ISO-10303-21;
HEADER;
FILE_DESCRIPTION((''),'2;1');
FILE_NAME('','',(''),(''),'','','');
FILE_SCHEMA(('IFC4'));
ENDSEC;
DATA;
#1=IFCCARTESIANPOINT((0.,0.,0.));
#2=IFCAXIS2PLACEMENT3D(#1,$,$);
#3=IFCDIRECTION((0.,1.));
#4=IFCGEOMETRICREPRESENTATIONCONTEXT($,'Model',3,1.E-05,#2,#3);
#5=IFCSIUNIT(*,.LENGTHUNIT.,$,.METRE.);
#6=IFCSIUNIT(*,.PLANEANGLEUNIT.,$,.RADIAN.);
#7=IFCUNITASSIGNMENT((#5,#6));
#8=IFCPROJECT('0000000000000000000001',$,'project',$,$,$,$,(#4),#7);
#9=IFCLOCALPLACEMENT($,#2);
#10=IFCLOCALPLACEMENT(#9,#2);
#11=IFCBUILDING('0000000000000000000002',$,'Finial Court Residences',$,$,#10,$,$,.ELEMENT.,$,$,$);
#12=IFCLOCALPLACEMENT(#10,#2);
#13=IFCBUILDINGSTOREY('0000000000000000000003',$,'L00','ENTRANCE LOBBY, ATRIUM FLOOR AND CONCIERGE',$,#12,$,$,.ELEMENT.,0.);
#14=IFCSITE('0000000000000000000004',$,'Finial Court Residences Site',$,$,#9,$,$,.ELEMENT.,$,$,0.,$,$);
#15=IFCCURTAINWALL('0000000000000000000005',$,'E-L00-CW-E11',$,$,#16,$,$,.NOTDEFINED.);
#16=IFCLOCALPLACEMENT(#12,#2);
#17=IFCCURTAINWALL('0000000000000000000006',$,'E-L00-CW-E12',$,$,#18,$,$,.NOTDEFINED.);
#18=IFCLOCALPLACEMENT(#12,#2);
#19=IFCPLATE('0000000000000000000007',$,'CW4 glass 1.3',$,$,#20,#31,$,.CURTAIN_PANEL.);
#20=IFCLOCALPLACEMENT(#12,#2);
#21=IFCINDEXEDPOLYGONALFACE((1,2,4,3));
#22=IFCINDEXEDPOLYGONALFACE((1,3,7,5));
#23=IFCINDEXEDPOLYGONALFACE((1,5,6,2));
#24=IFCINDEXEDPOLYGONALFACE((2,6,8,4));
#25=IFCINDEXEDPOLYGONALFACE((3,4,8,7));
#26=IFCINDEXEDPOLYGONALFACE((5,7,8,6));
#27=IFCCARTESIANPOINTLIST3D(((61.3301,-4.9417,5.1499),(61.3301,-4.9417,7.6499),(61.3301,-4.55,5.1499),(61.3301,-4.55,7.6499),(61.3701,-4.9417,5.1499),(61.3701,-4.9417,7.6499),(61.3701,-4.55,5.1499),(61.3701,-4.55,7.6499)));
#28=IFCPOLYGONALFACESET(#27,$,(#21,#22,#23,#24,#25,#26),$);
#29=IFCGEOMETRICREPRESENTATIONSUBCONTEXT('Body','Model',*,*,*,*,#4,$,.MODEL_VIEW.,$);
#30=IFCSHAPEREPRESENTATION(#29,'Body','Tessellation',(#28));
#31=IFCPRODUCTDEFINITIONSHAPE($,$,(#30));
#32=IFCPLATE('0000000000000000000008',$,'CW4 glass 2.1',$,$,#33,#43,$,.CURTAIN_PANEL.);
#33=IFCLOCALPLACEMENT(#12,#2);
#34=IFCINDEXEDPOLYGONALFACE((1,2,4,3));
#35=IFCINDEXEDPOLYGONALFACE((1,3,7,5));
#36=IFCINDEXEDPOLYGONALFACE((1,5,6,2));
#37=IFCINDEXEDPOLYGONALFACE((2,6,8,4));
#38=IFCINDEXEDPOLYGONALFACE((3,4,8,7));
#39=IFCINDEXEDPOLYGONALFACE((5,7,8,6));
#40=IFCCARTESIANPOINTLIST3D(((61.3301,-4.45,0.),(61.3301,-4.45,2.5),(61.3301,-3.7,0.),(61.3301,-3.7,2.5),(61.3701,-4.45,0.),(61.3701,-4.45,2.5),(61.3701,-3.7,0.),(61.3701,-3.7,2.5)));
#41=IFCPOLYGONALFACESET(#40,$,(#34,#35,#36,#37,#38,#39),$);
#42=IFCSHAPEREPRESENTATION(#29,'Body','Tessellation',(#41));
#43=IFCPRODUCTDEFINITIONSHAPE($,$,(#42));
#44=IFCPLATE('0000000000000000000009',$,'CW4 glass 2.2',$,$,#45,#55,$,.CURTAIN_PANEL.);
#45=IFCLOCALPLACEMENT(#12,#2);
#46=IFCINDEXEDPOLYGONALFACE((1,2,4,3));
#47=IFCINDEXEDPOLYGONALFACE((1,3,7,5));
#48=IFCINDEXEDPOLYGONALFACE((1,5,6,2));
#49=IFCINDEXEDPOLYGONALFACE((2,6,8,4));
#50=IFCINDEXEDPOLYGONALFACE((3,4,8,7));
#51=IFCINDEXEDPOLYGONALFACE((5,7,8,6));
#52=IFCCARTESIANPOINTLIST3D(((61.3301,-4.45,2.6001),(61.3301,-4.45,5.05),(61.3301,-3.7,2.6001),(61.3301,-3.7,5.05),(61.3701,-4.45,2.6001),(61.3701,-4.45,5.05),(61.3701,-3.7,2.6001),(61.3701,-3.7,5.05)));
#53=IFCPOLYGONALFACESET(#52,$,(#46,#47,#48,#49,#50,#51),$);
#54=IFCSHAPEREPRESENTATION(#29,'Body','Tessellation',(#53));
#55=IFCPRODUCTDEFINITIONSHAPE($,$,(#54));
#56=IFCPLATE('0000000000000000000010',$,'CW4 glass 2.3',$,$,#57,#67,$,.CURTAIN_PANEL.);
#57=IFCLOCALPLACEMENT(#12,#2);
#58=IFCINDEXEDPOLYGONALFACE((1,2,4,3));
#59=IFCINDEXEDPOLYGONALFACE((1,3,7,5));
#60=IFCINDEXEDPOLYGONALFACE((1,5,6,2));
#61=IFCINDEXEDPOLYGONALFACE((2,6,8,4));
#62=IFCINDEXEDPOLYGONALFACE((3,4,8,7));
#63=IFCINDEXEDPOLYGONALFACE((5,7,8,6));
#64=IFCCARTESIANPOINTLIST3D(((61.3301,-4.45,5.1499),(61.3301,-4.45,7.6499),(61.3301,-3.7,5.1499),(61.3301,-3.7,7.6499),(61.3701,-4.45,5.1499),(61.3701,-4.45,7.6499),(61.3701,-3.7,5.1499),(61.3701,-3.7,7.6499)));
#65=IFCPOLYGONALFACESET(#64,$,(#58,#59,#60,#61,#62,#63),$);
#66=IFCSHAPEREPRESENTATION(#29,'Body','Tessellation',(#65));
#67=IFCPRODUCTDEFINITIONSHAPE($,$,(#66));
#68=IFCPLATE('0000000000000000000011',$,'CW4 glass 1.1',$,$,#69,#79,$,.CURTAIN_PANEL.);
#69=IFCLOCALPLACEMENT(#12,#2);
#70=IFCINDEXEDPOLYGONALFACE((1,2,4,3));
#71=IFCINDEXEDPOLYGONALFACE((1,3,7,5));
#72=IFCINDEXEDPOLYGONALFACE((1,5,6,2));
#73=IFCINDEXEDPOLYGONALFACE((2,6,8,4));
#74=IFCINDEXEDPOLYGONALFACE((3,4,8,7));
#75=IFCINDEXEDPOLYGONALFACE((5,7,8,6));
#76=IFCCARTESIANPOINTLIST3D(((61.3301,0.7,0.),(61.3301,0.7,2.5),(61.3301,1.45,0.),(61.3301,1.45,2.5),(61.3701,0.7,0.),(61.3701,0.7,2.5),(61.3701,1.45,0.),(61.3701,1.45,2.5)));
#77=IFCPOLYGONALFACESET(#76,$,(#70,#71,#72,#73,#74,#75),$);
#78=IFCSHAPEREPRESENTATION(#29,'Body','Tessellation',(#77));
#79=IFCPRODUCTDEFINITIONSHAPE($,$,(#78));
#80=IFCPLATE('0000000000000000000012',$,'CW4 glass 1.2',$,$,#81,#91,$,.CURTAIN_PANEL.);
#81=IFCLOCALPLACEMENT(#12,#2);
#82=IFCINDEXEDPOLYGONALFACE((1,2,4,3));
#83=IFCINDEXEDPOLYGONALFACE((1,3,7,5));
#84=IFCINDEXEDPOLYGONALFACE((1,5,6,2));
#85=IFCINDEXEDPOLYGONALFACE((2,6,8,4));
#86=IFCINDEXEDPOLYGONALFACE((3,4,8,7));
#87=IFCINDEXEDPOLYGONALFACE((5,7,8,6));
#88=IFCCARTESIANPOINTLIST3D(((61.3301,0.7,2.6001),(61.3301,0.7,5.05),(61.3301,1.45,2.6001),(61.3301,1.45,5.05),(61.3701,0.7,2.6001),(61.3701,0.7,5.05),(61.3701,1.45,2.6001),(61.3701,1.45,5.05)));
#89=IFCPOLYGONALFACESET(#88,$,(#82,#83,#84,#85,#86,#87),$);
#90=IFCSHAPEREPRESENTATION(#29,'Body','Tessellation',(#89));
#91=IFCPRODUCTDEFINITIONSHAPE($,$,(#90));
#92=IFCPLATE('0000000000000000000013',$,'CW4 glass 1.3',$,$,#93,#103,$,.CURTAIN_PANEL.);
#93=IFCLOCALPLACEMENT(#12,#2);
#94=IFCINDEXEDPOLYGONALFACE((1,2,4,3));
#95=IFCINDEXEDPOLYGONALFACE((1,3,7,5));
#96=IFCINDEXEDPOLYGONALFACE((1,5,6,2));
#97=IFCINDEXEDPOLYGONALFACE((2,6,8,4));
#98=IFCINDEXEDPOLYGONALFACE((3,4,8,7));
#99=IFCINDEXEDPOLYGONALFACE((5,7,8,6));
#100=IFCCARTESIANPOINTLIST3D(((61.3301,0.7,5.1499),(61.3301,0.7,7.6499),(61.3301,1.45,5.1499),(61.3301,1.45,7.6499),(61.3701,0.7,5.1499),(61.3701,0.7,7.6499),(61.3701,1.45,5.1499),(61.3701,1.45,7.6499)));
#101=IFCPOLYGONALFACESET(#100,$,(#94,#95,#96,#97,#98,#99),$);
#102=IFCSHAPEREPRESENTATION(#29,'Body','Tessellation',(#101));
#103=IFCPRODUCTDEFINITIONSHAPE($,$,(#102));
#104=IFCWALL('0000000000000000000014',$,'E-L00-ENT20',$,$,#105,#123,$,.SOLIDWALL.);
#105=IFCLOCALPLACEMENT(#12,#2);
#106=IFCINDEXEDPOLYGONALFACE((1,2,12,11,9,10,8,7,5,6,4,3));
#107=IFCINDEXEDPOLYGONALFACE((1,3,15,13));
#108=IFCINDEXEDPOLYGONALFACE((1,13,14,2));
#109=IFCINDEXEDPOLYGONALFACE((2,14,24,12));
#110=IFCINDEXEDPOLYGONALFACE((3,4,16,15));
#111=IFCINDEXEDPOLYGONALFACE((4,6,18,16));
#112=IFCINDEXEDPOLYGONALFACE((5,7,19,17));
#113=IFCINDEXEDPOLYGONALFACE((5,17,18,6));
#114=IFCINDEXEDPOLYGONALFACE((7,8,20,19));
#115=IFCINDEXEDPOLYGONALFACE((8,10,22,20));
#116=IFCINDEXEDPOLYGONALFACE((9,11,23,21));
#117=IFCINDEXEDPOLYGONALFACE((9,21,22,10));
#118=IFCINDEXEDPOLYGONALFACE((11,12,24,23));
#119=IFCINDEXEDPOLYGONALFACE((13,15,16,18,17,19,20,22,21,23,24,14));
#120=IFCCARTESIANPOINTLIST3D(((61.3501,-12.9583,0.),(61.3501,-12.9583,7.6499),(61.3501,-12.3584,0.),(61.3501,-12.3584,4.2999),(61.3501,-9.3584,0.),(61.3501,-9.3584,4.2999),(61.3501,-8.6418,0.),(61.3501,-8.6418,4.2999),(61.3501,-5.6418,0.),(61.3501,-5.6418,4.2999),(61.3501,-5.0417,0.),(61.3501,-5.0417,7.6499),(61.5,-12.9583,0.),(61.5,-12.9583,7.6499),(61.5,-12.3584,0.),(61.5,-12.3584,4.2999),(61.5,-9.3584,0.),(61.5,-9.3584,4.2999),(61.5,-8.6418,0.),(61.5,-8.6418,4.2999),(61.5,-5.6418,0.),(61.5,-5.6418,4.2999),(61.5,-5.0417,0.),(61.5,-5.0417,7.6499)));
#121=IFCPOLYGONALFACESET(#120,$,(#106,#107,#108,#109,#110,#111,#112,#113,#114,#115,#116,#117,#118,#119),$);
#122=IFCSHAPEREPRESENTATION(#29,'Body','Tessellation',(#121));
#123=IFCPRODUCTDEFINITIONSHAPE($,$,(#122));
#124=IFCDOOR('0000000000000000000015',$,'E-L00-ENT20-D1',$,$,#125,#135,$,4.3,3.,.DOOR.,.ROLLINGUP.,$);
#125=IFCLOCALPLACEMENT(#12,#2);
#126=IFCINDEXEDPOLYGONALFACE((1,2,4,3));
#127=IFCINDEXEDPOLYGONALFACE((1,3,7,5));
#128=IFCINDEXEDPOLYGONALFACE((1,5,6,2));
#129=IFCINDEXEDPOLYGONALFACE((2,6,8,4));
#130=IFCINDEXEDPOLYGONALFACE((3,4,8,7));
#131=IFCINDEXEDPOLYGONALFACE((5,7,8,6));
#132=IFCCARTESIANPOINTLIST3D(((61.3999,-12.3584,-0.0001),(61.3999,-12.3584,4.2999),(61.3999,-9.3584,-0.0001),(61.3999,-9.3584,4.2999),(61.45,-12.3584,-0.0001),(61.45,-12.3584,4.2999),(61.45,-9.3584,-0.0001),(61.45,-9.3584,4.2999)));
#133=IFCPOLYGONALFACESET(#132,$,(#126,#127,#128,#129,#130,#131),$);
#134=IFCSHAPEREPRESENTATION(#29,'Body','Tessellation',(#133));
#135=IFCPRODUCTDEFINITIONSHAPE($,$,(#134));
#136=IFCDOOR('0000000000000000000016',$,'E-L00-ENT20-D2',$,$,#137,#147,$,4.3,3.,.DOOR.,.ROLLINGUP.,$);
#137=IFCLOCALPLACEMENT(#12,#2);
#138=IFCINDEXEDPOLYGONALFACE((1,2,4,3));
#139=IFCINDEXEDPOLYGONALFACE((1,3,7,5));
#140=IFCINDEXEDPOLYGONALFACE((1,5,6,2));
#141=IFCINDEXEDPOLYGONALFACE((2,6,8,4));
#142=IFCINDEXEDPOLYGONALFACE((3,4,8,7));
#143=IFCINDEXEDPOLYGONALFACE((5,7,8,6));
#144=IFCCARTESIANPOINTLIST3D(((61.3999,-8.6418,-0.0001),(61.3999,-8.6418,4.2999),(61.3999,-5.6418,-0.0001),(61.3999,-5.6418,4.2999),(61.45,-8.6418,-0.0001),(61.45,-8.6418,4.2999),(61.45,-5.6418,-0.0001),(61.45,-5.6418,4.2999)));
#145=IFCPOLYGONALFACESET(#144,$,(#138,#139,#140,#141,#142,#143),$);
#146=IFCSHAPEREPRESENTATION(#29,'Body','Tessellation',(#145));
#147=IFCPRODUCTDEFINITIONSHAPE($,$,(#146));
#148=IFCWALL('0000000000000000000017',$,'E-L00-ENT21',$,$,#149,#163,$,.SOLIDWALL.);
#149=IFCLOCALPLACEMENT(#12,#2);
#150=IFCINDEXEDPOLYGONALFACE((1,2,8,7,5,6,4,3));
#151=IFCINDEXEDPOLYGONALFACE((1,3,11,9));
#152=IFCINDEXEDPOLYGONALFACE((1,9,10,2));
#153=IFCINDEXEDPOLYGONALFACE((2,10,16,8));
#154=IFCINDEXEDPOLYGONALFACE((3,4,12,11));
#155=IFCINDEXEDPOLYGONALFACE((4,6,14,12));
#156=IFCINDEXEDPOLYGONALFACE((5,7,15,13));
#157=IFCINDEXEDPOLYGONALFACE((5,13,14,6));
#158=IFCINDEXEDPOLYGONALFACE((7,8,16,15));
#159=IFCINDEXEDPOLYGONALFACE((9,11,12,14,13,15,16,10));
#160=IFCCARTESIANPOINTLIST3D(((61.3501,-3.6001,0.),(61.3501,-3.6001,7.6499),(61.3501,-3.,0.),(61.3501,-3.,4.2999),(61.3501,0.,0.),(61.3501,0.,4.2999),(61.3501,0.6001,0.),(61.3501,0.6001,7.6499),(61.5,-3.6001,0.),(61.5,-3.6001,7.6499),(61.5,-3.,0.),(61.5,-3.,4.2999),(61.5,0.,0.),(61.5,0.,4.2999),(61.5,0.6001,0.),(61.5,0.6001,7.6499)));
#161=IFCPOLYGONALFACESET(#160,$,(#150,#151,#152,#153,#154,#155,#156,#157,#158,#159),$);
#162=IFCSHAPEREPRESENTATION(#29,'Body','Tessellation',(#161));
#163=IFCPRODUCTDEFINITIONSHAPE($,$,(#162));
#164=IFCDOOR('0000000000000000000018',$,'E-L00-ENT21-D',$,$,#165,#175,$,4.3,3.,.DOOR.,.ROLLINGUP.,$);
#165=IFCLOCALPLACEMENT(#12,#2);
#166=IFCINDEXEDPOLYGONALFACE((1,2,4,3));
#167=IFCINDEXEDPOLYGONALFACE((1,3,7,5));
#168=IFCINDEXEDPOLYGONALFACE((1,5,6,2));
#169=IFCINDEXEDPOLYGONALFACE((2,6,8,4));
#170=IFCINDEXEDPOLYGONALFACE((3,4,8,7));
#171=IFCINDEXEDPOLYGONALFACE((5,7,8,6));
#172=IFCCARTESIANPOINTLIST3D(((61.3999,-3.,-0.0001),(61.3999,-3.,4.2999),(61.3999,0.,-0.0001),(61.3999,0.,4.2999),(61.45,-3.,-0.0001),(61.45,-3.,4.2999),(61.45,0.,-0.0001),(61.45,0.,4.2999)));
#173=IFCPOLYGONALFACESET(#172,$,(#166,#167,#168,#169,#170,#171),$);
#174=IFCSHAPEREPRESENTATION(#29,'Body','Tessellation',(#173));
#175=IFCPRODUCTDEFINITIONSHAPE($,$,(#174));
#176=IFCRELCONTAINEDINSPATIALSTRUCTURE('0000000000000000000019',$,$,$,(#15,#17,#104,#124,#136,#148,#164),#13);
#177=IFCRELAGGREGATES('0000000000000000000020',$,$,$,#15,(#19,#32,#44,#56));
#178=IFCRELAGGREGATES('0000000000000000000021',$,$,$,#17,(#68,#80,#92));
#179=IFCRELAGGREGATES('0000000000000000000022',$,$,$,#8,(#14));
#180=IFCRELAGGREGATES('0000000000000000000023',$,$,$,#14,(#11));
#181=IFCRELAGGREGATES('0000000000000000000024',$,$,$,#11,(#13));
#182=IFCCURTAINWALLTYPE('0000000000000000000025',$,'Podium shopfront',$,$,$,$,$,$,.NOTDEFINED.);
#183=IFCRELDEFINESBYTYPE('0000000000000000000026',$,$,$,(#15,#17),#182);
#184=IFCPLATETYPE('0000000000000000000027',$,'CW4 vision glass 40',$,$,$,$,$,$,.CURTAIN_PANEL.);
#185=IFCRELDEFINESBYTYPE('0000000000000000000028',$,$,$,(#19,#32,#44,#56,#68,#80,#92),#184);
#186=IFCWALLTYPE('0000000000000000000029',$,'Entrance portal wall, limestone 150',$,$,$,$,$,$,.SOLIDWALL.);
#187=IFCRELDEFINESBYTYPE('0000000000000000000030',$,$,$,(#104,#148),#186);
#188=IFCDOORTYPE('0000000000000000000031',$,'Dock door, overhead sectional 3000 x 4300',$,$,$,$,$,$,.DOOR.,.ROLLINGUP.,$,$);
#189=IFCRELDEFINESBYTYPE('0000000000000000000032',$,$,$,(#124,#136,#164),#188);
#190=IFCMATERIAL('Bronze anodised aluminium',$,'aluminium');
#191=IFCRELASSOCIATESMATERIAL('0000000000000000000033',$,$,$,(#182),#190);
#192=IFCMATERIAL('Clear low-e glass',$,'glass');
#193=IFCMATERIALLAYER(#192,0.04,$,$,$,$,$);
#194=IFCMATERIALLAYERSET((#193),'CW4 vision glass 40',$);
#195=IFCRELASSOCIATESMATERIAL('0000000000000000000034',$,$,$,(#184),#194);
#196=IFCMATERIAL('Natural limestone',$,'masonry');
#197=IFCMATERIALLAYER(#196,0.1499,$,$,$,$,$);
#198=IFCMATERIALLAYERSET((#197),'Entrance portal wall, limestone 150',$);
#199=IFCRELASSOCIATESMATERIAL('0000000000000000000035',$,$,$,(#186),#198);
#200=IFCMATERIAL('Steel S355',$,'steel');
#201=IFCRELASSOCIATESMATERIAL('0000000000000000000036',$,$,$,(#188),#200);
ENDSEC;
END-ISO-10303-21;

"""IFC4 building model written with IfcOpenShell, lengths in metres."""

from ifc_helpers import new_model, si_unit, direction, frame, frame_2d, origin, origin_2d, place, context, subcontext, project, spatial, rectangle, extrude, material, layer, layer_set, type_object, element, fill, aggregate, save


model = new_model("IFC4")

# Units and contexts
model_context = context("Model", 3, precision=1e-05, world=origin(), true_north=direction((0.0, 1.0)))
body_context = subcontext(model_context, "Body", "Model", "MODEL_VIEW")
ifc_project = project(units=[si_unit("LENGTHUNIT", "METRE"), si_unit("PLANEANGLEUNIT", "RADIAN")], contexts=[model_context])

# Site, building, storey
site_placement = place(None, origin())
site = spatial("IfcSite", under=ifc_project, at=site_placement, Name="Finial Court Residences Site", CompositionType="ELEMENT", RefElevation=0.0)
building_placement = place(site_placement, origin())
building = spatial("IfcBuilding", under=site, at=building_placement, Name="Finial Court Residences", CompositionType="ELEMENT")
storey_placement = place(building_placement, origin())
storey = spatial("IfcBuildingStorey", under=building, at=storey_placement, Name="L00", Description="ENTRANCE LOBBY, ATRIUM FLOOR AND CONCIERGE", CompositionType="ELEMENT", Elevation=0.0)

# Shared definitions
ifc_material_1 = material(Name="Bronze anodised aluminium", Category="aluminium")
curtain_wall_type = type_object("IfcCurtainWallType", Name="Podium shopfront", PredefinedType="NOTDEFINED", material=ifc_material_1)

# Curtain wall
curtain_wall_1_placement = place(storey_placement, origin())
curtain_wall_1 = element("IfcCurtainWall", 1, at=curtain_wall_1_placement, inside=storey, type_object=curtain_wall_type, Name="E-L00-CW-E11", PredefinedType="NOTDEFINED")

# Curtain wall
curtain_wall_2_placement = place(storey_placement, origin())
curtain_wall_2 = element("IfcCurtainWall", 2, at=curtain_wall_2_placement, inside=storey, type_object=curtain_wall_type, Name="E-L00-CW-E12", PredefinedType="NOTDEFINED")

# Plates
ifc_material_2 = material(Name="Clear low-e glass", Category="glass")
ifc_layer_1 = layer(ifc_material_2, 0.04)
ifc_layer_set_1 = layer_set([ifc_layer_1], Name="CW4 vision glass 40")
plate_type = type_object("IfcPlateType", Name="CW4 vision glass 40", PredefinedType="CURTAIN_PANEL", material=ifc_layer_set_1)
plate_1_placement = place(storey_placement, frame((61.3501, -4.7458, 5.1499), z_axis=(0.0, 0.0, 1.0), x_axis=(0.0, 1.0, 0.0)))
plate_1 = element("IfcPlate", 3, at=plate_1_placement, type_object=plate_type, Name="CW4 glass 1.3", PredefinedType="CURTAIN_PANEL", context=body_context, shape_type="SweptSolid", body=[
    extrude(rectangle(XDim=0.3916, YDim=0.04, at=origin_2d()), origin(), (0.0, 0.0, 1.0), 2.5),
])
plate_2_placement = place(storey_placement, frame((61.3501, -4.075, 0.0), z_axis=(0.0, 0.0, 1.0), x_axis=(0.0, 1.0, 0.0)))
plate_2 = element("IfcPlate", 4, at=plate_2_placement, type_object=plate_type, Name="CW4 glass 2.1", PredefinedType="CURTAIN_PANEL", context=body_context, shape_type="SweptSolid", body=[
    extrude(rectangle(XDim=0.75, YDim=0.04, at=origin_2d()), origin(), (0.0, 0.0, 1.0), 2.5),
])
plate_3_placement = place(storey_placement, frame((61.3501, -4.075, 2.6001), z_axis=(0.0, 0.0, 1.0), x_axis=(0.0, 1.0, 0.0)))
plate_3 = element("IfcPlate", 5, at=plate_3_placement, type_object=plate_type, Name="CW4 glass 2.2", PredefinedType="CURTAIN_PANEL", context=body_context, shape_type="SweptSolid", body=[
    extrude(rectangle(XDim=0.75, YDim=0.04, at=origin_2d()), origin(), (0.0, 0.0, 1.0), 2.45),
])
plate_4_placement = place(storey_placement, frame((61.3501, -4.075, 5.1499), z_axis=(0.0, 0.0, 1.0), x_axis=(0.0, 1.0, 0.0)))
plate_4 = element("IfcPlate", 6, at=plate_4_placement, type_object=plate_type, Name="CW4 glass 2.3", PredefinedType="CURTAIN_PANEL", context=body_context, shape_type="SweptSolid", body=[
    extrude(rectangle(XDim=0.75, YDim=0.04, at=origin_2d()), origin(), (0.0, 0.0, 1.0), 2.5),
])
aggregate(curtain_wall_1, [plate_1, plate_2, plate_3, plate_4])
plate_5_placement = place(storey_placement, frame((61.3501, 1.075, 0.0), z_axis=(0.0, 0.0, 1.0), x_axis=(0.0, 1.0, 0.0)))
plate_5 = element("IfcPlate", 7, at=plate_5_placement, type_object=plate_type, Name="CW4 glass 1.1", PredefinedType="CURTAIN_PANEL", context=body_context, shape_type="SweptSolid", body=[
    extrude(rectangle(XDim=0.75, YDim=0.04, at=origin_2d()), origin(), (0.0, 0.0, 1.0), 2.5),
])
plate_6_placement = place(storey_placement, frame((61.3501, 1.075, 2.6001), z_axis=(0.0, 0.0, 1.0), x_axis=(0.0, 1.0, 0.0)))
plate_6 = element("IfcPlate", 8, at=plate_6_placement, type_object=plate_type, Name="CW4 glass 1.2", PredefinedType="CURTAIN_PANEL", context=body_context, shape_type="SweptSolid", body=[
    extrude(rectangle(XDim=0.75, YDim=0.04, at=origin_2d()), origin(), (0.0, 0.0, 1.0), 2.45),
])
plate_7_placement = place(storey_placement, frame((61.3501, 1.075, 5.1499), z_axis=(0.0, 0.0, 1.0), x_axis=(0.0, 1.0, 0.0)))
plate_7 = element("IfcPlate", 9, at=plate_7_placement, type_object=plate_type, Name="CW4 glass 1.3", PredefinedType="CURTAIN_PANEL", context=body_context, shape_type="SweptSolid", body=[
    extrude(rectangle(XDim=0.75, YDim=0.04, at=origin_2d()), origin(), (0.0, 0.0, 1.0), 2.5),
])
aggregate(curtain_wall_2, [plate_5, plate_6, plate_7])

# Wall, openings, doors
ifc_material_3 = material(Name="Natural limestone", Category="masonry")
ifc_layer_2 = layer(ifc_material_3, 0.1499)
ifc_layer_set_2 = layer_set([ifc_layer_2], Name="Entrance portal wall, limestone 150")
wall_type_1 = type_object("IfcWallType", Name="Entrance portal wall, limestone 150", PredefinedType="SOLIDWALL", material=ifc_layer_set_2)
wall_1_placement = place(storey_placement, frame((61.425, -5.0417, 0.0), z_axis=(0.0, 0.0, 1.0), x_axis=(0.0, -1.0, 0.0)))
wall_1 = element("IfcWall", 10, at=wall_1_placement, inside=storey, type_object=wall_type_1, Name="E-L00-ENT20", PredefinedType="SOLIDWALL", context=body_context, shape_type="SweptSolid", body=[
    extrude(rectangle(XDim=7.9165, YDim=0.1499, at=frame_2d((3.9583, 0.0))), origin(), (0.0, 0.0, 1.0), 7.6499),
])
opening_1_placement = place(wall_1_placement, frame((4.3167, 0.0, 0.0)))
opening_1 = element("IfcOpeningElement", 11, at=opening_1_placement, cuts=wall_1, PredefinedType="OPENING", context=body_context, shape_type="SweptSolid", body=[
    extrude(rectangle(XDim=3.0, YDim=4.3, at=frame_2d((1.5, 2.1499))), frame((0.0, 0.085, 0.0), z_axis=(0.0, -1.0, 0.0), x_axis=(1.0, 0.0, 0.0)), (0.0, 0.0, 1.0), 0.1699),
])
opening_2_placement = place(wall_1_placement, frame((0.6001, 0.0, 0.0)))
opening_2 = element("IfcOpeningElement", 12, at=opening_2_placement, cuts=wall_1, PredefinedType="OPENING", context=body_context, shape_type="SweptSolid", body=[
    extrude(rectangle(XDim=3.0, YDim=4.3, at=frame_2d((1.5, 2.1499))), frame((0.0, 0.085, 0.0), z_axis=(0.0, -1.0, 0.0), x_axis=(1.0, 0.0, 0.0)), (0.0, 0.0, 1.0), 0.1699),
])
ifc_material_4 = material(Name="Steel S355", Category="steel")
door_type_1 = type_object("IfcDoorType", Name="Dock door, overhead sectional 3000 x 4300", OperationType="ROLLINGUP", PredefinedType="DOOR", material=ifc_material_4)
door_1_placement = place(opening_1_placement, origin())
door_1 = element("IfcDoor", 13, at=door_1_placement, inside=storey, type_object=door_type_1, Name="E-L00-ENT20-D1", OperationType="ROLLINGUP", OverallHeight=4.3, OverallWidth=3.0, PredefinedType="DOOR", context=body_context, shape_type="SweptSolid", body=[
    extrude(rectangle(XDim=3.0, YDim=4.3, at=frame_2d((1.5, 2.1499))), frame((0.0, 0.0249, 0.0), z_axis=(0.0, -1.0, 0.0), x_axis=(1.0, 0.0, 0.0)), (0.0, 0.0, 1.0), 0.05),
])
fill(opening_1, door_1)
door_2_placement = place(opening_2_placement, origin())
door_2 = element("IfcDoor", 14, at=door_2_placement, inside=storey, type_object=door_type_1, Name="E-L00-ENT20-D2", OperationType="ROLLINGUP", OverallHeight=4.3, OverallWidth=3.0, PredefinedType="DOOR", context=body_context, shape_type="SweptSolid", body=[
    extrude(rectangle(XDim=3.0, YDim=4.3, at=frame_2d((1.5, 2.1499))), frame((0.0, 0.0249, 0.0), z_axis=(0.0, -1.0, 0.0), x_axis=(1.0, 0.0, 0.0)), (0.0, 0.0, 1.0), 0.05),
])
fill(opening_2, door_2)

# Wall, opening, door
wall_2_placement = place(storey_placement, frame((61.425, 0.6001, 0.0), z_axis=(0.0, 0.0, 1.0), x_axis=(0.0, -1.0, 0.0)))
wall_2 = element("IfcWall", 15, at=wall_2_placement, inside=storey, type_object=wall_type_1, Name="E-L00-ENT21", PredefinedType="SOLIDWALL", context=body_context, shape_type="SweptSolid", body=[
    extrude(rectangle(XDim=4.2002, YDim=0.1499, at=frame_2d((2.1001, 0.0))), origin(), (0.0, 0.0, 1.0), 7.6499),
])
opening_3_placement = place(wall_2_placement, frame((0.6001, 0.0, 0.0)))
opening_3 = element("IfcOpeningElement", 16, at=opening_3_placement, cuts=wall_2, PredefinedType="OPENING", context=body_context, shape_type="SweptSolid", body=[
    extrude(rectangle(XDim=3.0, YDim=4.3, at=frame_2d((1.5, 2.1499))), frame((0.0, 0.085, 0.0), z_axis=(0.0, -1.0, 0.0), x_axis=(1.0, 0.0, 0.0)), (0.0, 0.0, 1.0), 0.1699),
])
door_3_placement = place(opening_3_placement, origin())
door_3 = element("IfcDoor", 17, at=door_3_placement, inside=storey, type_object=door_type_1, Name="E-L00-ENT21-D", OperationType="ROLLINGUP", OverallHeight=4.3, OverallWidth=3.0, PredefinedType="DOOR", context=body_context, shape_type="SweptSolid", body=[
    extrude(rectangle(XDim=3.0, YDim=4.3, at=frame_2d((1.5, 2.1499))), frame((0.0, 0.0249, 0.0), z_axis=(0.0, -1.0, 0.0), x_axis=(1.0, 0.0, 0.0)), (0.0, 0.0, 1.0), 0.05),
])
fill(opening_3, door_3)

save(model, "model.ifc")
